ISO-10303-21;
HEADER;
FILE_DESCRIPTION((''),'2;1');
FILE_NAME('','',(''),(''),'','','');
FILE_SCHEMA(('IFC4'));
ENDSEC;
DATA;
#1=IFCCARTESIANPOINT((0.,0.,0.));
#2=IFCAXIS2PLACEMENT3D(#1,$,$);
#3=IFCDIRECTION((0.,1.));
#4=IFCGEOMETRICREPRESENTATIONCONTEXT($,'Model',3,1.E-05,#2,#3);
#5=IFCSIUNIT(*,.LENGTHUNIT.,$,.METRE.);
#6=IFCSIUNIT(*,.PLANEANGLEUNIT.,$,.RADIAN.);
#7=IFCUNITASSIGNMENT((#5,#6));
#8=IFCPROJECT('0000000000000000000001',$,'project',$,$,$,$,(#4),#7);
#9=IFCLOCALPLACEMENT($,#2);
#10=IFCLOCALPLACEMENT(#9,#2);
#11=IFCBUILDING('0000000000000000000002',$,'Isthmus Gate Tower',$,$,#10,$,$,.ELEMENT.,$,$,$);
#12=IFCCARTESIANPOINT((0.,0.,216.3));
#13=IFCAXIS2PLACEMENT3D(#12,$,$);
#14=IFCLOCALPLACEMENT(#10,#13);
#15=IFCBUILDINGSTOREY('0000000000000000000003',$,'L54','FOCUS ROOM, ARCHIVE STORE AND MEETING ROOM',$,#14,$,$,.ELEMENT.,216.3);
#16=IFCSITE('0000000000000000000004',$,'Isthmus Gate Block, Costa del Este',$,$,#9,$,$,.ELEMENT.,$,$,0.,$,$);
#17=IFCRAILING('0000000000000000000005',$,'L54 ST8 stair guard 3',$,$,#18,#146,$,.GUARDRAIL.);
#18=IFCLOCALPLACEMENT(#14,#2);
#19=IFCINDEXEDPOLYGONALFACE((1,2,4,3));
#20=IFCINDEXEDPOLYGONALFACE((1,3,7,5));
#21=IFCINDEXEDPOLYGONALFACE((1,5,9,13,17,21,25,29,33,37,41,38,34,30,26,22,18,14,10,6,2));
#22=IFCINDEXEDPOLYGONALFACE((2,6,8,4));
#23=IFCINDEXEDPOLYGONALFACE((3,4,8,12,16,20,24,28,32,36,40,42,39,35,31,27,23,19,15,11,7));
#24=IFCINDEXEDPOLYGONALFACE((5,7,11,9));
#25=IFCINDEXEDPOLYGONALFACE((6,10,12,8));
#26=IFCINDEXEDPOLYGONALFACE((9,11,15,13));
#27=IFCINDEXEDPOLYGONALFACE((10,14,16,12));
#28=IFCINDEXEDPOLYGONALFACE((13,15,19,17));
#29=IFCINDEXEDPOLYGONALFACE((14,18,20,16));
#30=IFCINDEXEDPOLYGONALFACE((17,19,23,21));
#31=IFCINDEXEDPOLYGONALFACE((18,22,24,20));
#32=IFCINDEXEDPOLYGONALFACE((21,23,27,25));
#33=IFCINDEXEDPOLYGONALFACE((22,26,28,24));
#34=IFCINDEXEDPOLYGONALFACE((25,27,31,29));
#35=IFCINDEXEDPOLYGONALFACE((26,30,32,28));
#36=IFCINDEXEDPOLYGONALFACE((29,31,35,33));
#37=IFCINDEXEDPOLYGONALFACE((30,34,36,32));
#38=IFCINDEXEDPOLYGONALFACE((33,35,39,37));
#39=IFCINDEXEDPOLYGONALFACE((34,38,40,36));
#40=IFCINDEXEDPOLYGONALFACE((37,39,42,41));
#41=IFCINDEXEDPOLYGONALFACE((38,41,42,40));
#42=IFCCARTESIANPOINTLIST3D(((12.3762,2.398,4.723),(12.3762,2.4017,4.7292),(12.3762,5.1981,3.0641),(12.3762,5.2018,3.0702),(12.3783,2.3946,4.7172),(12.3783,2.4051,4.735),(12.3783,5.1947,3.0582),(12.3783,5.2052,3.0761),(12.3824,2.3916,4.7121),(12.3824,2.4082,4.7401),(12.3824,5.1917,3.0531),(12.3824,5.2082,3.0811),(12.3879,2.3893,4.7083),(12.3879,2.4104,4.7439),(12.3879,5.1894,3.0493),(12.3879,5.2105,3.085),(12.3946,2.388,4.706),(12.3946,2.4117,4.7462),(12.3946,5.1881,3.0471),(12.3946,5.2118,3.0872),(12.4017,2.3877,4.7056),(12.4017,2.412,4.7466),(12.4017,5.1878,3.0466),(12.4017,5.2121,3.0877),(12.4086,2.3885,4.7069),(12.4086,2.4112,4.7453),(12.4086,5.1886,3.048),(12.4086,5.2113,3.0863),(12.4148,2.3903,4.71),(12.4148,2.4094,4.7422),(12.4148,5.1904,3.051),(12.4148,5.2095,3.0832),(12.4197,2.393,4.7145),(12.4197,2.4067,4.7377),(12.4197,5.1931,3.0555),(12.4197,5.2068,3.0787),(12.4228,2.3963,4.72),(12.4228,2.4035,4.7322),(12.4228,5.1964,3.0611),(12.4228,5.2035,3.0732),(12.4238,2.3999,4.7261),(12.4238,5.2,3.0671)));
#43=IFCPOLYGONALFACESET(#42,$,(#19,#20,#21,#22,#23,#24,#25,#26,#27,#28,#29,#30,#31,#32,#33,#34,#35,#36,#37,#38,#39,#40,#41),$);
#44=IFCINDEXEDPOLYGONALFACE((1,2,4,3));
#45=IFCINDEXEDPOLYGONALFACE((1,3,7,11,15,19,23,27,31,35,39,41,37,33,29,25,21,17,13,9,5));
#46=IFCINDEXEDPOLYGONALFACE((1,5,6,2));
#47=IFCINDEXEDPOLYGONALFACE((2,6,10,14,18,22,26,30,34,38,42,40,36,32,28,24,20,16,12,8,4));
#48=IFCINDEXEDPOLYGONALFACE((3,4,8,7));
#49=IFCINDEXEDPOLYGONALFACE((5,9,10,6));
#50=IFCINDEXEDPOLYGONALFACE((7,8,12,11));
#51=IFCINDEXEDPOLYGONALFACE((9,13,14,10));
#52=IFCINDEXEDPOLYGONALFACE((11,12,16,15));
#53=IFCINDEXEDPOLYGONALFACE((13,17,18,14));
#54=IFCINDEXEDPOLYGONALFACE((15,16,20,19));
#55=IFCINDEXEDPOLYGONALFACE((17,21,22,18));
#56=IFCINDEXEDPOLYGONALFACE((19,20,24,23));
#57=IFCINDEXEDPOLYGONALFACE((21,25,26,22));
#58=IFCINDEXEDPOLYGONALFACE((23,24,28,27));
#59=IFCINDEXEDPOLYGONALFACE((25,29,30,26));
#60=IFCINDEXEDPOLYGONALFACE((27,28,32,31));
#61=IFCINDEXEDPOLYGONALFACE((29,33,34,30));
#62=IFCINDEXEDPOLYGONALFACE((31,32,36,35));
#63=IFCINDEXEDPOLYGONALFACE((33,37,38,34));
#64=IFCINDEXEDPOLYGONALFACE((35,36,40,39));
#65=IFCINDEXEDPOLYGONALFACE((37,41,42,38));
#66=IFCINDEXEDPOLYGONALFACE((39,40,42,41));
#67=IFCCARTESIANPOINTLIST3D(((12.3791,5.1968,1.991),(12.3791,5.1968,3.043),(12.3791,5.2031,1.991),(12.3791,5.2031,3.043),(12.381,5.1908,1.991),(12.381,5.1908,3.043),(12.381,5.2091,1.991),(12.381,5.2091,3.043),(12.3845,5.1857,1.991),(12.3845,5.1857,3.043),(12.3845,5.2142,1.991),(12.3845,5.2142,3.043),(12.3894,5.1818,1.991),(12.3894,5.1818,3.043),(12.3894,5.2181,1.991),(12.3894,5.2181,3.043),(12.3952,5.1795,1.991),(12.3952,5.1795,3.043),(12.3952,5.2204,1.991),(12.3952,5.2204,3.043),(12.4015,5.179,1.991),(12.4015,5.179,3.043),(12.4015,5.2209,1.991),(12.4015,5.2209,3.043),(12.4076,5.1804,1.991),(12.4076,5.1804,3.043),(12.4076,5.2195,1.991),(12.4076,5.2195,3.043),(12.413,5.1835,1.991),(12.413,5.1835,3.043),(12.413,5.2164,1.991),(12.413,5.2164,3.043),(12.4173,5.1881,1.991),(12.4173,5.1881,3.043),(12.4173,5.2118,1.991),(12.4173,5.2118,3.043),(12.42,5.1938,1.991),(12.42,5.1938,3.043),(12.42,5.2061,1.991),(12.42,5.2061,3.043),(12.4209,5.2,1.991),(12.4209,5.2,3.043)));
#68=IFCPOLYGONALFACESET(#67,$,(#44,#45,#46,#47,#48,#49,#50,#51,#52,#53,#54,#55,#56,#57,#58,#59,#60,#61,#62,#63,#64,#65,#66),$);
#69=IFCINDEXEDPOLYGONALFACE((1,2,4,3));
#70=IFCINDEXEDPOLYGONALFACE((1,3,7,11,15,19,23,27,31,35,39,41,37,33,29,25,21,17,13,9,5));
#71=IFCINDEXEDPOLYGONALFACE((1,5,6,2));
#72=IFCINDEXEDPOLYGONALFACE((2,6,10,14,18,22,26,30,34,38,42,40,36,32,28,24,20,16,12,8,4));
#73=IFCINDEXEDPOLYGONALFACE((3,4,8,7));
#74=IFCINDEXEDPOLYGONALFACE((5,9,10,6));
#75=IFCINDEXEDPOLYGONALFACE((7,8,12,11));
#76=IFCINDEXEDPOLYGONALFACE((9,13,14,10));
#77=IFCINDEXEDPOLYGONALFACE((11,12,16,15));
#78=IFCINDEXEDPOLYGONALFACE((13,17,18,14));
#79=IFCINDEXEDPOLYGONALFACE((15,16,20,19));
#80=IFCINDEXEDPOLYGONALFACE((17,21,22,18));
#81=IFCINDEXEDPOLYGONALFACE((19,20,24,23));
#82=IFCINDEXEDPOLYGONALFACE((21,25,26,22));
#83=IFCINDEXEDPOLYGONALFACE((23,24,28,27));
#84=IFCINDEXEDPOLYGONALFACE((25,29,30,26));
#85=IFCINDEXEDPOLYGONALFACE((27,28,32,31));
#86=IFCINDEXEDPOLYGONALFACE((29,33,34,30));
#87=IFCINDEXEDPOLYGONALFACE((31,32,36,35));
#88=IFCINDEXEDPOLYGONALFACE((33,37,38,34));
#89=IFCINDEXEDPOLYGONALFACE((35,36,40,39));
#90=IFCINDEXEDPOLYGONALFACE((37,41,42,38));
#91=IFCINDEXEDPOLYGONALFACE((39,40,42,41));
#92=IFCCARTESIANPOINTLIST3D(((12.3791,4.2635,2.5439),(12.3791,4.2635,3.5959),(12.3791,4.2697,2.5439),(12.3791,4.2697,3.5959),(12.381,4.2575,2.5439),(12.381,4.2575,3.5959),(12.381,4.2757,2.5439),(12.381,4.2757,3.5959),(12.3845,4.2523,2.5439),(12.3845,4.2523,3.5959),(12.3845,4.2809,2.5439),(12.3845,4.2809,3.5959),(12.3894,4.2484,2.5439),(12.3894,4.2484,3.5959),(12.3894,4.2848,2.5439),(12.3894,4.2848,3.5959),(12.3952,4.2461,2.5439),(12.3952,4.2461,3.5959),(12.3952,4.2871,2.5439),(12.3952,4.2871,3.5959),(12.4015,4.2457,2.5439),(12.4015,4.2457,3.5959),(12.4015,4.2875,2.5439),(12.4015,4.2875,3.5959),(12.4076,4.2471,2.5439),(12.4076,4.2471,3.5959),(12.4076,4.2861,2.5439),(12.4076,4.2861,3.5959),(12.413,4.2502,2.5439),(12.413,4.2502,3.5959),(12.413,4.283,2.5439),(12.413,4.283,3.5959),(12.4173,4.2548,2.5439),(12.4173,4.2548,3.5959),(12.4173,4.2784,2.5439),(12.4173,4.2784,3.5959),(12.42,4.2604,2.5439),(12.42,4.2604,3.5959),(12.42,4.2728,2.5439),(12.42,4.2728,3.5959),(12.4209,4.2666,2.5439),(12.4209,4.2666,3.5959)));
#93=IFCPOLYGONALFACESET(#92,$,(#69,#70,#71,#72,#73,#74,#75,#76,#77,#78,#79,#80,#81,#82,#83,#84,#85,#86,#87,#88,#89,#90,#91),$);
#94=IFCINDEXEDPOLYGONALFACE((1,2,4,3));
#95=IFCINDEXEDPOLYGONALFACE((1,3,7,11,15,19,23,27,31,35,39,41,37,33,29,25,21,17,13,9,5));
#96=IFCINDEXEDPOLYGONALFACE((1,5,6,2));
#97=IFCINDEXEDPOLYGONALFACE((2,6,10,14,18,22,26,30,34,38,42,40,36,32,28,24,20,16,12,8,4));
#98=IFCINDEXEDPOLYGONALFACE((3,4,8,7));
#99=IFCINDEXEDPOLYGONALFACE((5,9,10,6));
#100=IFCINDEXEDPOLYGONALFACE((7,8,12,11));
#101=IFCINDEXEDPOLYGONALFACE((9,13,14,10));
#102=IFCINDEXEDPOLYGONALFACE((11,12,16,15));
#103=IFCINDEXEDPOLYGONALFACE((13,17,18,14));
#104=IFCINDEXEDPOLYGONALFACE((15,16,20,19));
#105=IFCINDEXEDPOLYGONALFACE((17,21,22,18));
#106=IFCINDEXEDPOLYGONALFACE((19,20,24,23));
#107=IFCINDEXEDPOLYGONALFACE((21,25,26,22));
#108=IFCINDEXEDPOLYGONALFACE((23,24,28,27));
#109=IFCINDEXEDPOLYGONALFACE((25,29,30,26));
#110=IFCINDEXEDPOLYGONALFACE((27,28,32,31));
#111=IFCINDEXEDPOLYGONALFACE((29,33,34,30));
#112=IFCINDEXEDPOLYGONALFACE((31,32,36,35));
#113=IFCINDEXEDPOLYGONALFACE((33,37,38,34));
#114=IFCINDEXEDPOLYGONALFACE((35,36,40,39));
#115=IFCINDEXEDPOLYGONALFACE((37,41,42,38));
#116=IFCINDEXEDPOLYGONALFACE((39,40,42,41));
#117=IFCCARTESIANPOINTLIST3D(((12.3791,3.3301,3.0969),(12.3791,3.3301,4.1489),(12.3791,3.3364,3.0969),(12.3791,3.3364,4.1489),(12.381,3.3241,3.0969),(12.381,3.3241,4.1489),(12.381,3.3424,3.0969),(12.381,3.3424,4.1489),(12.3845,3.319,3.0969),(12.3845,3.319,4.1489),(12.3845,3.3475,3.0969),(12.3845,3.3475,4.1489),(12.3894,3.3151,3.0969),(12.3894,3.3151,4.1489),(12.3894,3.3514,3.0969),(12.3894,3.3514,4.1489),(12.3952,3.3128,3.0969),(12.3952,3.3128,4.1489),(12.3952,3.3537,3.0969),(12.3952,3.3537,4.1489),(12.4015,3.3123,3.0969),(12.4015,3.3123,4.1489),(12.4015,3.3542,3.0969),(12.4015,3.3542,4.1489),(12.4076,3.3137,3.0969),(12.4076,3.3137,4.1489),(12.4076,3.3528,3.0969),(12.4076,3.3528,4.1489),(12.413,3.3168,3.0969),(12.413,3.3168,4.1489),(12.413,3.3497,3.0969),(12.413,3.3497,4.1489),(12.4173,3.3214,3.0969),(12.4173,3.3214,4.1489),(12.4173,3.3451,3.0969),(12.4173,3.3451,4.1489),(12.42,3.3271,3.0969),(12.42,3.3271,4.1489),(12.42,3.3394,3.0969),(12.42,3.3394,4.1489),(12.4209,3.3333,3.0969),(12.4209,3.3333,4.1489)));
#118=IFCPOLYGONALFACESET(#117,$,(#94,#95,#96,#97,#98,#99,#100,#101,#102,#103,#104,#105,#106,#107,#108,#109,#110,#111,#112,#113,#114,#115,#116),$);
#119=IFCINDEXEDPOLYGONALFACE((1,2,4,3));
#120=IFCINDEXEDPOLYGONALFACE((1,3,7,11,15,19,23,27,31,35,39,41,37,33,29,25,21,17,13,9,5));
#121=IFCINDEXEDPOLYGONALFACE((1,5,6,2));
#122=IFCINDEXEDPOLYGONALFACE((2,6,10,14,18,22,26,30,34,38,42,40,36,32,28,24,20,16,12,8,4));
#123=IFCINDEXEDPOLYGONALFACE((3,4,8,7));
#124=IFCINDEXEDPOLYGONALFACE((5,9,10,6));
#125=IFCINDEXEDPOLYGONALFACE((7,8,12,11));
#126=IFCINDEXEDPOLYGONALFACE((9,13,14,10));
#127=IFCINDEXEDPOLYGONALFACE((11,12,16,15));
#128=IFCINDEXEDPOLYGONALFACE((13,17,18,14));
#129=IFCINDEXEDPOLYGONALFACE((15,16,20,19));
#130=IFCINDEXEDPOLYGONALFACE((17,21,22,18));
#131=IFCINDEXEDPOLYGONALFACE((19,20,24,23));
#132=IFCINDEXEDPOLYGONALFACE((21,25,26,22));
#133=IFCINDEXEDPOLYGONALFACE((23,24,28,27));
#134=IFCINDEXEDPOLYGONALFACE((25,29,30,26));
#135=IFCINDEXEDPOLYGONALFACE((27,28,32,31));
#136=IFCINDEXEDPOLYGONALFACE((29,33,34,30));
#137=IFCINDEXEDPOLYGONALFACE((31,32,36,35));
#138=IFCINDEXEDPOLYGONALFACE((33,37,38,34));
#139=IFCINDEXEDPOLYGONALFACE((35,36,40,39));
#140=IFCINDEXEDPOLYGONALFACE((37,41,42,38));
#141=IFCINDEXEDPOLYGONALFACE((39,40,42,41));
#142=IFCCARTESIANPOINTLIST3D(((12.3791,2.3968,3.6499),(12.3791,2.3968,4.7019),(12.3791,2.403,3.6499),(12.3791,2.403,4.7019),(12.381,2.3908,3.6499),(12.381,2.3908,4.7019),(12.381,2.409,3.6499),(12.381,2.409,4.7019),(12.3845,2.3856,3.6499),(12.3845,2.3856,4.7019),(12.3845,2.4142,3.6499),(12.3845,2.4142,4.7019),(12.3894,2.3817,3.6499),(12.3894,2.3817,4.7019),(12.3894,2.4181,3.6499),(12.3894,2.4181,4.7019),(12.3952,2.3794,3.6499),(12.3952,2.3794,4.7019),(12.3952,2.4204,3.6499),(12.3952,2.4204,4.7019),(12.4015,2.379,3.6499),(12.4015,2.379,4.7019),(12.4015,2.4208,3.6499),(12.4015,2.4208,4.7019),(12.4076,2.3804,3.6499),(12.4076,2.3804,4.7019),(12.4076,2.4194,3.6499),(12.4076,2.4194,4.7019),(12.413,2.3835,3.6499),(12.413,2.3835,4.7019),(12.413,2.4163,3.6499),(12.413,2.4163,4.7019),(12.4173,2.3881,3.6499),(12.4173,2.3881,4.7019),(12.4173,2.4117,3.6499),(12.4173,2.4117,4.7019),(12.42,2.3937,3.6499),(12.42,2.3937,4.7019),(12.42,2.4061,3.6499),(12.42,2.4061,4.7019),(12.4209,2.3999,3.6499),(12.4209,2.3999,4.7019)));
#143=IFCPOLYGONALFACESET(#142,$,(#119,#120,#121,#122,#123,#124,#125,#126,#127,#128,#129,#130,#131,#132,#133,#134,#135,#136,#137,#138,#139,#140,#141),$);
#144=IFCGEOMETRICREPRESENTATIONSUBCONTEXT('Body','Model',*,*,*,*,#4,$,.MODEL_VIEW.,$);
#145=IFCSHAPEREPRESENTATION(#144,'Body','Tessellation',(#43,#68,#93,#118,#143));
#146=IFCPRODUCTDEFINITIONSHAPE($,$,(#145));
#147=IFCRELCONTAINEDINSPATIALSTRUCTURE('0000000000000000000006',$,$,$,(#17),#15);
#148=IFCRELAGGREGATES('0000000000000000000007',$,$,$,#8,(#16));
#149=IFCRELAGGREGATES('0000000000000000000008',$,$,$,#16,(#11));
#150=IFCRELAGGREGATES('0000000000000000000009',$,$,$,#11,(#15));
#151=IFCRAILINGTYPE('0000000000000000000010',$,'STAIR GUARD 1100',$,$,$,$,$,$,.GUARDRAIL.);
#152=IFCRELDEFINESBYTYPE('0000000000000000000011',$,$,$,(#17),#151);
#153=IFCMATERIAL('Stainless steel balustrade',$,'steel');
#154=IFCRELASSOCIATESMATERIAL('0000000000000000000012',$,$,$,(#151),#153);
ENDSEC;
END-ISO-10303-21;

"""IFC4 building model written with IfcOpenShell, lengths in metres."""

from ifc_helpers import new_model, si_unit, direction, frame, origin, origin_2d, place, context, subcontext, project, spatial, circle, extrude, material, type_object, element, save


model = new_model("IFC4")

# Units and contexts
model_context = context("Model", 3, precision=1e-05, world=origin(), true_north=direction((0.0, 1.0)))
body_context = subcontext(model_context, "Body", "Model", "MODEL_VIEW")
ifc_project = project(units=[si_unit("LENGTHUNIT", "METRE"), si_unit("PLANEANGLEUNIT", "RADIAN")], contexts=[model_context])

# Site, building, storey
site_placement = place(None, origin())
site = spatial("IfcSite", under=ifc_project, at=site_placement, Name="Isthmus Gate Block, Costa del Este", CompositionType="ELEMENT", RefElevation=0.0)
building_placement = place(site_placement, origin())
building = spatial("IfcBuilding", under=site, at=building_placement, Name="Isthmus Gate Tower", CompositionType="ELEMENT")
storey_placement = place(building_placement, frame((0.0, 0.0, 216.3)))
storey = spatial("IfcBuildingStorey", under=building, at=storey_placement, Name="L54", Description="FOCUS ROOM, ARCHIVE STORE AND MEETING ROOM", CompositionType="ELEMENT", Elevation=216.3)

# Railing
ifc_material_1 = material(Name="Stainless steel balustrade", Category="steel")
railing_type_1 = type_object("IfcRailingType", Name="STAIR GUARD 1100", PredefinedType="GUARDRAIL", material=ifc_material_1)
railing_1_placement = place(storey_placement, frame((12.3999, 5.2, 1.991)))
element("IfcRailing", 1, at=railing_1_placement, inside=storey, type_object=railing_type_1, Name="L54 ST8 stair guard 3", PredefinedType="GUARDRAIL", context=body_context, shape_type="SweptSolid", body=[
    extrude(circle(Radius=0.0239, at=origin_2d()), frame((0.0, 0.0, 1.0762), z_axis=(0.0, -0.860339, 0.509722), x_axis=(1.0, 0.0, 0.0)), (0.0, 0.0, 1.0), 3.2546),
    extrude(circle(Radius=0.021, at=origin_2d()), origin(), (0.0, 0.0, 1.0), 1.052),
    extrude(circle(Radius=0.021, at=origin_2d()), frame((0.0, -0.9333, 0.553)), (0.0, 0.0, 1.0), 1.052),
    extrude(circle(Radius=0.021, at=origin_2d()), frame((0.0, -1.8667, 1.106)), (0.0, 0.0, 1.0), 1.052),
    extrude(circle(Radius=0.021, at=origin_2d()), frame((0.0, -2.8, 1.6589)), (0.0, 0.0, 1.0), 1.052),
])

save(model, "model.ifc")
